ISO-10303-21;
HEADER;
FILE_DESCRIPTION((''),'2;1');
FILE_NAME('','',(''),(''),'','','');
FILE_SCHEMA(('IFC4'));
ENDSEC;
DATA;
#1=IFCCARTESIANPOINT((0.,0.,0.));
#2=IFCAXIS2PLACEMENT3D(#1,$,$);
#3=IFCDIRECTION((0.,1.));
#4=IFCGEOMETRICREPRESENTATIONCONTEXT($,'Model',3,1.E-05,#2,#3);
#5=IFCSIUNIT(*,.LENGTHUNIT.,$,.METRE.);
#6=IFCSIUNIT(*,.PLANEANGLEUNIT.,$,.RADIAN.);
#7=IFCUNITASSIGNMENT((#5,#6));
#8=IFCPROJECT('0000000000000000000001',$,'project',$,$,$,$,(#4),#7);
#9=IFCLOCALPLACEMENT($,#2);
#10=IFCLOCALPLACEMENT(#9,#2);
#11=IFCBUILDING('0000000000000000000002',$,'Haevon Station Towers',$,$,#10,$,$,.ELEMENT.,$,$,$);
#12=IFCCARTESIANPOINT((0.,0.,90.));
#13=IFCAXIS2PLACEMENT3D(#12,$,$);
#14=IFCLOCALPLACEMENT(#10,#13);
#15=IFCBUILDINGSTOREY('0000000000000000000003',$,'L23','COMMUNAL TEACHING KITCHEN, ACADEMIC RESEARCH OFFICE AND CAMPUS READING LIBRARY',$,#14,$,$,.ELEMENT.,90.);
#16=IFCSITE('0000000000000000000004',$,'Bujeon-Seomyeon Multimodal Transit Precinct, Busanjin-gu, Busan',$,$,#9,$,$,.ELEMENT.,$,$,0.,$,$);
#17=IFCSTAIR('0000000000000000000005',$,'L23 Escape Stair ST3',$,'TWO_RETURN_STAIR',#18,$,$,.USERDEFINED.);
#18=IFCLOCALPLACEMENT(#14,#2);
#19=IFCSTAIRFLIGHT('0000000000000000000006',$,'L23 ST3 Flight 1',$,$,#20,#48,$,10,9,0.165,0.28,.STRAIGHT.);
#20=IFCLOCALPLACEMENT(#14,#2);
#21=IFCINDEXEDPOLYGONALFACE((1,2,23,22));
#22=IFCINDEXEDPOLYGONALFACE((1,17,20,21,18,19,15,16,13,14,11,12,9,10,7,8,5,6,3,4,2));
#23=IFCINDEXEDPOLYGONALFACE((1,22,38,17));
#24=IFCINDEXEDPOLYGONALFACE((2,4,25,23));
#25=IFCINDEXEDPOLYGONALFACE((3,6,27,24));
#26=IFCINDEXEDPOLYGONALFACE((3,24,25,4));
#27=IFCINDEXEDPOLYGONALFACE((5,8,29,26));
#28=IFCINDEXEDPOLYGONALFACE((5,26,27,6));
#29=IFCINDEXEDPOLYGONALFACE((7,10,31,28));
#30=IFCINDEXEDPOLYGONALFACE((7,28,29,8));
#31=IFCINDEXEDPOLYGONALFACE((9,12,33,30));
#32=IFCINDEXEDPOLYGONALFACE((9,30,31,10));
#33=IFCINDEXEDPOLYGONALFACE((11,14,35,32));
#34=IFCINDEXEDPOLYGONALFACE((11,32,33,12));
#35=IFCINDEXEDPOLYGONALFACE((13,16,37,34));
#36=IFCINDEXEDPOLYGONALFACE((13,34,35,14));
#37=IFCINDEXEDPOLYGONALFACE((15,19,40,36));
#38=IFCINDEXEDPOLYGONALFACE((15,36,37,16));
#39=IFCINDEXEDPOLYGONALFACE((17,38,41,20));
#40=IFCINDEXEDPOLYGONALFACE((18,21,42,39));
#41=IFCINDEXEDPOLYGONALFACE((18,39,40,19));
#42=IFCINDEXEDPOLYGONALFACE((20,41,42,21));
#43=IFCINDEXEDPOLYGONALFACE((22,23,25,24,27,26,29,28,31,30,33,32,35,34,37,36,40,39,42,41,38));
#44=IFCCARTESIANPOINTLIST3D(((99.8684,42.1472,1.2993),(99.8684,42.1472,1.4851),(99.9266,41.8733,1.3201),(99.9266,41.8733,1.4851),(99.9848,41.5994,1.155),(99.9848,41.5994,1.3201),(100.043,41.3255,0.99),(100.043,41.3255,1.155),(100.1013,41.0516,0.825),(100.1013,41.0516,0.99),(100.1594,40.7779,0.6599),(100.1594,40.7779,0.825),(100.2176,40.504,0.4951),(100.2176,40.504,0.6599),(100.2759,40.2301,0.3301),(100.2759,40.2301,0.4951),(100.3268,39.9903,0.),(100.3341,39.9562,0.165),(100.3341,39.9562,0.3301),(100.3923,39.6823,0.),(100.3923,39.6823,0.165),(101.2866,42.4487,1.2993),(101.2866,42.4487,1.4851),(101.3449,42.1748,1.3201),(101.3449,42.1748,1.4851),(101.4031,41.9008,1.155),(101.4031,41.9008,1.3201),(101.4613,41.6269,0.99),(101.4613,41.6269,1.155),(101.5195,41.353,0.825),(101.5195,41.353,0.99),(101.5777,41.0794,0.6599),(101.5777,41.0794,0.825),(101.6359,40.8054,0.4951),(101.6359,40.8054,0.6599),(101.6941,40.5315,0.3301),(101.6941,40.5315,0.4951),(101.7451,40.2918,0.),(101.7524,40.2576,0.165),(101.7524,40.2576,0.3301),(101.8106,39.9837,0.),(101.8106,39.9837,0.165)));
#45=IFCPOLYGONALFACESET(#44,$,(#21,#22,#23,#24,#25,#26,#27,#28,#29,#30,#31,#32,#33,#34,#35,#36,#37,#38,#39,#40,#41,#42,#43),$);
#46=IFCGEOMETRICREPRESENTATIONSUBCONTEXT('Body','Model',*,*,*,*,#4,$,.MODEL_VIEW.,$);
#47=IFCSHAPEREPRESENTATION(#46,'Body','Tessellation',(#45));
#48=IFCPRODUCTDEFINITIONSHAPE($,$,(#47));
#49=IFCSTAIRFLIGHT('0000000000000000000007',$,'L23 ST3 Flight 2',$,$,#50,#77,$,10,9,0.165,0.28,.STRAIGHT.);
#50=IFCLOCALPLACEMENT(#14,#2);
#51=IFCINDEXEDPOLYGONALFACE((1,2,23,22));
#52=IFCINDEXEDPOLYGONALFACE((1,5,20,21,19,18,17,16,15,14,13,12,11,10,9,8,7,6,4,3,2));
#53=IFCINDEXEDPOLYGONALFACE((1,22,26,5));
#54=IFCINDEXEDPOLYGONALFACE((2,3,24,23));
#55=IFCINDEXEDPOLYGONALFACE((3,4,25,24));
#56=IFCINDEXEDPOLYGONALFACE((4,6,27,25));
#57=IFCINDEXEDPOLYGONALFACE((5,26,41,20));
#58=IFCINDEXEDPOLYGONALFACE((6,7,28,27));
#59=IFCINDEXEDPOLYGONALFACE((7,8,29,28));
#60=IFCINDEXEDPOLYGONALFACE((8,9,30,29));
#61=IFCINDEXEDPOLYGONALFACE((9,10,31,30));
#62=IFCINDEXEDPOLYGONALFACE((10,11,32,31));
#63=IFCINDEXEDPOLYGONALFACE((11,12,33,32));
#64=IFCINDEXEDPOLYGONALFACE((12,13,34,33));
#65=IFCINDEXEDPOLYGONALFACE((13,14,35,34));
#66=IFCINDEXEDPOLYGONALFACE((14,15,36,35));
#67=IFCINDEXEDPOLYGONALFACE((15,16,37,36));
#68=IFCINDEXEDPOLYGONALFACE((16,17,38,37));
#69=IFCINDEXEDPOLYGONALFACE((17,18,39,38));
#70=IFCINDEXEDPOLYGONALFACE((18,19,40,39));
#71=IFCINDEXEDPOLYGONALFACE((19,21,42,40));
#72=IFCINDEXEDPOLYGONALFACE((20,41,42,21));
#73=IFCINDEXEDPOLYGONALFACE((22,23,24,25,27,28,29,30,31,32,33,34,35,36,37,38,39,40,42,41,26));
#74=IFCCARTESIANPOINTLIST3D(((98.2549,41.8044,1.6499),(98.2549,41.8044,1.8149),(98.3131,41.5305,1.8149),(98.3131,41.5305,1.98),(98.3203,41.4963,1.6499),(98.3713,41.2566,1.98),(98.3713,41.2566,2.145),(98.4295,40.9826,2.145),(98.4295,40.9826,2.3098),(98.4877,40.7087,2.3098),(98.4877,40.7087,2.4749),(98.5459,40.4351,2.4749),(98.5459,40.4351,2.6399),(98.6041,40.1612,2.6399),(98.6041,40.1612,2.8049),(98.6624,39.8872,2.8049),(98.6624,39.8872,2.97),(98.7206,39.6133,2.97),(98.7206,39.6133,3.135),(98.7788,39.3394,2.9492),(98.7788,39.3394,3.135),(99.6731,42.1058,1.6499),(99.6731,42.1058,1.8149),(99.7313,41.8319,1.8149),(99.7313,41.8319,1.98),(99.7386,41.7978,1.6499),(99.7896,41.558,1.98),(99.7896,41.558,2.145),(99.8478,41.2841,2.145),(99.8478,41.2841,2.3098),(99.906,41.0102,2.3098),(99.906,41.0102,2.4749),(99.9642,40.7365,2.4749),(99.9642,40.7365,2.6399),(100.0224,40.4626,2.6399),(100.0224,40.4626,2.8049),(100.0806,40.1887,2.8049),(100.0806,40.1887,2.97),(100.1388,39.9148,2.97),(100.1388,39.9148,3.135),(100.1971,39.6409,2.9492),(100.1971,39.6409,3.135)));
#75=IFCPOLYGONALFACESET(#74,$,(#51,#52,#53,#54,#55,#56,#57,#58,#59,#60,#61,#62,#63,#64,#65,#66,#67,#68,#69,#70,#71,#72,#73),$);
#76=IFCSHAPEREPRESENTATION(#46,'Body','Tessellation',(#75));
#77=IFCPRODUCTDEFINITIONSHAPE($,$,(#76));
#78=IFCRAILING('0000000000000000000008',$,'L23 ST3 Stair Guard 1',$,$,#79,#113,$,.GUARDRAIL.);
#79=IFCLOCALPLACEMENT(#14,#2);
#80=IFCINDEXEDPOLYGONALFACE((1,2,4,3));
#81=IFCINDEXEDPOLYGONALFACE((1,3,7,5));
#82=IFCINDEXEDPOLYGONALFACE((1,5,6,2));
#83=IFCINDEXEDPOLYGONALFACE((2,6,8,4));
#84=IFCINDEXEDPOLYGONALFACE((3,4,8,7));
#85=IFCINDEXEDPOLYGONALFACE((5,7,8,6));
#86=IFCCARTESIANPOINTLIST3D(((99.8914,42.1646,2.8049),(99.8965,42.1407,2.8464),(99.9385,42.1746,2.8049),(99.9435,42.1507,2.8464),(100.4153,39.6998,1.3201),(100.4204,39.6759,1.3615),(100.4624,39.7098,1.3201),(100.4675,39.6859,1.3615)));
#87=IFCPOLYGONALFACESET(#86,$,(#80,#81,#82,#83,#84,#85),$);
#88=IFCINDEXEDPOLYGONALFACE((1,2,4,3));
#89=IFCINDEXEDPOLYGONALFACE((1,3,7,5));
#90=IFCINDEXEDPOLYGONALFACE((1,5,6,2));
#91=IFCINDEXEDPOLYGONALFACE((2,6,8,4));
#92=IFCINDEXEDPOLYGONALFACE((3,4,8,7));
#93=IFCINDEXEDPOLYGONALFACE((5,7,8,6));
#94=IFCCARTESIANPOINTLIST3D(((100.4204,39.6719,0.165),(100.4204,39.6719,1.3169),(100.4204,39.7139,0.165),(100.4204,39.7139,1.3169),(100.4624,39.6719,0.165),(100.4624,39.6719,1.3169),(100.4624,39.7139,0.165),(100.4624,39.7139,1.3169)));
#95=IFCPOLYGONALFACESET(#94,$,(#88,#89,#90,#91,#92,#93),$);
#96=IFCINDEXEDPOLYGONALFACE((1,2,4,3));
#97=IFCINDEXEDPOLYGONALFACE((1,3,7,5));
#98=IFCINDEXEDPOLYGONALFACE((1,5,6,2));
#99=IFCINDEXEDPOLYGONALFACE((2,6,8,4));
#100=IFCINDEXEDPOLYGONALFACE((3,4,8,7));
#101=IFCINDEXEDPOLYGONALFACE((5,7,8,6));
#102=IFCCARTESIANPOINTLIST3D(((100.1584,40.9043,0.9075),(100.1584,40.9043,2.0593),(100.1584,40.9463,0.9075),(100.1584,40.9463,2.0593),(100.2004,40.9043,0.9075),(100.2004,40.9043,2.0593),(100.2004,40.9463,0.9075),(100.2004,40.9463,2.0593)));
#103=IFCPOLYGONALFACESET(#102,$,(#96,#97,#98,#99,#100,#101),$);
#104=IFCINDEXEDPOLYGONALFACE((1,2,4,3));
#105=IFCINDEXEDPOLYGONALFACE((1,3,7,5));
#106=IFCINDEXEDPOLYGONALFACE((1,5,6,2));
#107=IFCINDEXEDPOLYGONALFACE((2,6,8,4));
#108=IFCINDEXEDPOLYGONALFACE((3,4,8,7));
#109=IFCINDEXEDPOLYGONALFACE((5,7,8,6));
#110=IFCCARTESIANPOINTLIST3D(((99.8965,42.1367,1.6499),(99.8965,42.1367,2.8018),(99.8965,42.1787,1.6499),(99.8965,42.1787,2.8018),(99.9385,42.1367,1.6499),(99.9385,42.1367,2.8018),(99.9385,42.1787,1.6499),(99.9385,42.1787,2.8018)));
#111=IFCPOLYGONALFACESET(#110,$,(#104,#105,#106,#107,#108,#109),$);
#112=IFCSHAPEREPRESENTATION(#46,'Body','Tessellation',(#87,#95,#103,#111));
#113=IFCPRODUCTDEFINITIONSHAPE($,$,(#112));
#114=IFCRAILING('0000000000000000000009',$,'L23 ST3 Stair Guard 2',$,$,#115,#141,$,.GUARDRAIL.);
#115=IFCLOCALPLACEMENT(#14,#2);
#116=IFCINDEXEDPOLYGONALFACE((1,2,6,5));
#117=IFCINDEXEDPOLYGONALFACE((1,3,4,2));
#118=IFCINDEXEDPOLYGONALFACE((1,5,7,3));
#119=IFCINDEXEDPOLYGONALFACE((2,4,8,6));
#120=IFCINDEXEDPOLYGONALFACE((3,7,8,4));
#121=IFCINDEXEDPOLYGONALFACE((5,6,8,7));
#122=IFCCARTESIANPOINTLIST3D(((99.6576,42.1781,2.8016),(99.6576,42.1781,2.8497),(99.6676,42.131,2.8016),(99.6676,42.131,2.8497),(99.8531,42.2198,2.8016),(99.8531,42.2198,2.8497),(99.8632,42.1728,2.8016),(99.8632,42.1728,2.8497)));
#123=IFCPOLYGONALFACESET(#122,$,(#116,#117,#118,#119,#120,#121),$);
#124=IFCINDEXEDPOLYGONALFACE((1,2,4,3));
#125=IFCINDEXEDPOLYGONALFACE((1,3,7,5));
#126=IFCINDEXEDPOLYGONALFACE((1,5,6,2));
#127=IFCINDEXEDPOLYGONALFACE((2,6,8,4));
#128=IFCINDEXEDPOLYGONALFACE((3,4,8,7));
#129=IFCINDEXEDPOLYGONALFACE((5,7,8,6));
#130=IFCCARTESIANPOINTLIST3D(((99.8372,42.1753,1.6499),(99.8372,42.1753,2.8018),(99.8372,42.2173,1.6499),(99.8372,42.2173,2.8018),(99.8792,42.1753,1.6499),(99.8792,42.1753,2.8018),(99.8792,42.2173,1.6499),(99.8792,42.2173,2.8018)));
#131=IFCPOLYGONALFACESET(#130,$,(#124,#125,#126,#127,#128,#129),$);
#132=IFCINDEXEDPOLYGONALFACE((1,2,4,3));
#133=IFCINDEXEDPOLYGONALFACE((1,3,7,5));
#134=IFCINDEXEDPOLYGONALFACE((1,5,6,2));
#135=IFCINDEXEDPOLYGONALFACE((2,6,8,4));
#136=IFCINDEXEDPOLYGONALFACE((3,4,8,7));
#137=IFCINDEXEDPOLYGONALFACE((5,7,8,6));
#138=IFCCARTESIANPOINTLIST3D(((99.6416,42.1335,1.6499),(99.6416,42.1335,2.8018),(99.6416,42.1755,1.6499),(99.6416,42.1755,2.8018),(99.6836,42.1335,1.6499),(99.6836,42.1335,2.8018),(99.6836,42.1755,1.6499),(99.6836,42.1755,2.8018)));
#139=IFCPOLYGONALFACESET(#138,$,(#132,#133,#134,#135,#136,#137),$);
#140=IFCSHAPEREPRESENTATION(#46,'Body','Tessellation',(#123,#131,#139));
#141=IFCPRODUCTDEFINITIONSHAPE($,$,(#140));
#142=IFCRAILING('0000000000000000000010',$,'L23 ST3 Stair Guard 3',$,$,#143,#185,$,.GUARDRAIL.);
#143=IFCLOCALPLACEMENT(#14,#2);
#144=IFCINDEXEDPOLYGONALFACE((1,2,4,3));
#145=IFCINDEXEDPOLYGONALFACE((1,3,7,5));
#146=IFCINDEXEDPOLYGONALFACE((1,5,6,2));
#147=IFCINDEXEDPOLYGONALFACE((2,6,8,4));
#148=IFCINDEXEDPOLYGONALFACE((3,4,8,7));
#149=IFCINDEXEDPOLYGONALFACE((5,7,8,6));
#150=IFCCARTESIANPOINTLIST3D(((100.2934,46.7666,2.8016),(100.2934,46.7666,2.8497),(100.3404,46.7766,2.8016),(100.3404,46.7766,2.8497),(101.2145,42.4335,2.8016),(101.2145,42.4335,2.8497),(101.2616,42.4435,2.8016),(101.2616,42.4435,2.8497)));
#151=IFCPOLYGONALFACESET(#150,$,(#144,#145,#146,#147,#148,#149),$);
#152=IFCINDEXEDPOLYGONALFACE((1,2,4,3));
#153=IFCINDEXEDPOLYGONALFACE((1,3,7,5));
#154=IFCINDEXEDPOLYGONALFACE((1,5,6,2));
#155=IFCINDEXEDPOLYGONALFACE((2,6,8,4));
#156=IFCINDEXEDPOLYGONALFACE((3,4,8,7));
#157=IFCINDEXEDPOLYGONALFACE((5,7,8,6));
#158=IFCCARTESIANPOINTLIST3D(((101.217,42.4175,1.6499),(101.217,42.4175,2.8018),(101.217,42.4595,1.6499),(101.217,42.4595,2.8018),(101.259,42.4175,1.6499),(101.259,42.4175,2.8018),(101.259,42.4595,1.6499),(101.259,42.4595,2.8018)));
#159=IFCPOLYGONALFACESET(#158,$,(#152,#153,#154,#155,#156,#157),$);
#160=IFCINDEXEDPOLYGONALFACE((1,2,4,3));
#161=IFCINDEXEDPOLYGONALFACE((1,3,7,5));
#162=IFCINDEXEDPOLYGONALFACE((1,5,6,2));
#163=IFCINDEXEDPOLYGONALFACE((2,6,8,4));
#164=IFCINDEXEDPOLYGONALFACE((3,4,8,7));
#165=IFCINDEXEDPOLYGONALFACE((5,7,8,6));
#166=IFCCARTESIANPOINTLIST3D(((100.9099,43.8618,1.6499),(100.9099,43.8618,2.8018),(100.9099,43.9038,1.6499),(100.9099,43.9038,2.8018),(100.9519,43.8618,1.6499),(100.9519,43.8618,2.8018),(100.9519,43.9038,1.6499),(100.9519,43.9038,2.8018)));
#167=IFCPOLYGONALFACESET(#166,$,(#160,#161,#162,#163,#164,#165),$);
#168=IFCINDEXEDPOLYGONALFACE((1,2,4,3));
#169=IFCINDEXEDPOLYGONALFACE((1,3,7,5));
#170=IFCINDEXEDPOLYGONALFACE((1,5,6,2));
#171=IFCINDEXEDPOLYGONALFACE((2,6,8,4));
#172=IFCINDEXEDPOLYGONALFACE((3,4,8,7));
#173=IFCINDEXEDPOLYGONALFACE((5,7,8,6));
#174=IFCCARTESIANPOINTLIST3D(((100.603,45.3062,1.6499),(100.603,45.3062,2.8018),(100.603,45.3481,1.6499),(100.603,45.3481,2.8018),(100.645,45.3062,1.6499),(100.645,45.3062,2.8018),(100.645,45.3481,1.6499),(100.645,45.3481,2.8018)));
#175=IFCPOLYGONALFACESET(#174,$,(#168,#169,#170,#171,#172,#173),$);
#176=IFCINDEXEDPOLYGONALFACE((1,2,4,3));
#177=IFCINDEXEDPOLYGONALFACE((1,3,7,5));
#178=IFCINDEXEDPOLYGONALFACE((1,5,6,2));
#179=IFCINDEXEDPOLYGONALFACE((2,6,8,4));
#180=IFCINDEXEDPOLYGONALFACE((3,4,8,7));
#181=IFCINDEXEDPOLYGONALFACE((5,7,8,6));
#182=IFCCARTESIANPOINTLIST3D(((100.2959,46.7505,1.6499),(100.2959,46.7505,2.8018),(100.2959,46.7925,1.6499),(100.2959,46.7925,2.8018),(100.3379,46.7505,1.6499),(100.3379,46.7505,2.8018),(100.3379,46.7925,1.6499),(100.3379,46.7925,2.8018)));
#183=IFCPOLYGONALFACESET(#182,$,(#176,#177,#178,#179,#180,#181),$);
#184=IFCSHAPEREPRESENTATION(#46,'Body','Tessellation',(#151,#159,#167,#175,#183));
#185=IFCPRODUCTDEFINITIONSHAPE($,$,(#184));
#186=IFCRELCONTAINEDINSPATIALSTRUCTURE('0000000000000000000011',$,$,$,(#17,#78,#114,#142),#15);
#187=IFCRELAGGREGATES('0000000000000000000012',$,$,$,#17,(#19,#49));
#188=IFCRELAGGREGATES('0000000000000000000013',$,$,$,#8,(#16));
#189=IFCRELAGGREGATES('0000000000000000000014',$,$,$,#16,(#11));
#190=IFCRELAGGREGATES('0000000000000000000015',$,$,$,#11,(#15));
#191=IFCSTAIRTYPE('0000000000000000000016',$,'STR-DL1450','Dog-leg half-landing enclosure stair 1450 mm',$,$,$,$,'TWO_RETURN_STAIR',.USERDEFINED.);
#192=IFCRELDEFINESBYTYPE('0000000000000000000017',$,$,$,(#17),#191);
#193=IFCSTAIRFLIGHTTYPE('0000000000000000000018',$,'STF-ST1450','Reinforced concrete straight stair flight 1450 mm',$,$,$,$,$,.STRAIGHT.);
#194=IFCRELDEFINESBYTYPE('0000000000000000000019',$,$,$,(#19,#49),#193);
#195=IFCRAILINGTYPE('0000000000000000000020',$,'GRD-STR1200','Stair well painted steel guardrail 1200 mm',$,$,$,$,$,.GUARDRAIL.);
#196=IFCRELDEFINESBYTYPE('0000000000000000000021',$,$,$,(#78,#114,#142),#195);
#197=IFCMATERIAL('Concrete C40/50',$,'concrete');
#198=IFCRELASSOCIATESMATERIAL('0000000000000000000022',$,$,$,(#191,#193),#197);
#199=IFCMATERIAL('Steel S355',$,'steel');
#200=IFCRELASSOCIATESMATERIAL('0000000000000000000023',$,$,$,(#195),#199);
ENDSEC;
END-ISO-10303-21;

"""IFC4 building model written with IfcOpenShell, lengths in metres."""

from ifc_helpers import new_model, si_unit, direction, frame, origin, origin_2d, place, context, subcontext, project, spatial, polyline, rectangle, outline, extrude, material, type_object, element, aggregate, save


model = new_model("IFC4")

# Units and contexts
model_context = context("Model", 3, precision=1e-05, world=origin(), true_north=direction((0.0, 1.0)))
body_context = subcontext(model_context, "Body", "Model", "MODEL_VIEW")
ifc_project = project(units=[si_unit("LENGTHUNIT", "METRE"), si_unit("PLANEANGLEUNIT", "RADIAN")], contexts=[model_context])

# Site, building, storey
site_placement = place(None, origin())
site = spatial("IfcSite", under=ifc_project, at=site_placement, Name="Bujeon-Seomyeon Multimodal Transit Precinct, Busanjin-gu, Busan", CompositionType="ELEMENT", RefElevation=0.0)
building_placement = place(site_placement, origin())
building = spatial("IfcBuilding", under=site, at=building_placement, Name="Haevon Station Towers", CompositionType="ELEMENT")
storey_placement = place(building_placement, frame((0.0, 0.0, 90.0)))
storey = spatial("IfcBuildingStorey", under=building, at=storey_placement, Name="L23", Description="COMMUNAL TEACHING KITCHEN, ACADEMIC RESEARCH OFFICE AND CAMPUS READING LIBRARY", CompositionType="ELEMENT", Elevation=90.0)

# Shared definitions
ifc_material_1 = material(Name="Concrete C40/50", Category="concrete")

# Stair, stair flights
stair_type = type_object("IfcStairType", Name="STR-DL1450", Description="Dog-leg half-landing enclosure stair 1450 mm", ElementType="TWO_RETURN_STAIR", PredefinedType="USERDEFINED", material=ifc_material_1)
stair_placement = place(storey_placement, origin())
stair = element("IfcStair", 1, at=stair_placement, inside=storey, type_object=stair_type, Name="L23 Escape Stair ST3", ObjectType="TWO_RETURN_STAIR", PredefinedType="USERDEFINED")
stair_flight_type = type_object("IfcStairFlightType", Name="STF-ST1450", Description="Reinforced concrete straight stair flight 1450 mm", PredefinedType="STRAIGHT", material=ifc_material_1)
stair_flight_1_placement = place(storey_placement, frame((101.1016, 39.833, 0.0), z_axis=(0.0, 0.0, 1.0), x_axis=(-0.207912, 0.978148, 0.0)))
stair_flight_1 = element("IfcStairFlight", 2, at=stair_flight_1_placement, type_object=stair_flight_type, Name="L23 ST3 Flight 1", NumberOfRisers=10, NumberOfTreads=9, PredefinedType="STRAIGHT", RiserHeight=0.165, TreadLength=0.28, context=body_context, shape_type="SweptSolid", body=[
    extrude(outline(polyline([(0.0, 0.0), (0.0, 0.165), (0.28, 0.165), (0.28, 0.3301), (0.5601, 0.3301), (0.5601, 0.4951), (0.8401, 0.4951), (0.8401, 0.6599), (1.1201, 0.6599), (1.1201, 0.825), (1.3999, 0.825), (1.3999, 0.99), (1.6799, 0.99), (1.6799, 1.155), (1.96, 1.155), (1.96, 1.3201), (2.24, 1.3201), (2.24, 1.4851), (2.52, 1.4851), (2.52, 1.6499), (2.52, 1.2993), (0.3149, 0.0), (0.0, 0.0)])), frame((0.0, 0.7251, 0.0), z_axis=(0.0, -1.0, 0.0), x_axis=(1.0, 0.0, 0.0)), (0.0, 0.0, 1.0), 1.45),
])
stair_flight_2_placement = place(storey_placement, frame((98.9639, 41.9551, 1.6499), z_axis=(0.0, 0.0, 1.0), x_axis=(0.207912, -0.978148, 0.0)))
stair_flight_2 = element("IfcStairFlight", 3, at=stair_flight_2_placement, type_object=stair_flight_type, Name="L23 ST3 Flight 2", NumberOfRisers=10, NumberOfTreads=9, PredefinedType="STRAIGHT", RiserHeight=0.165, TreadLength=0.28, context=body_context, shape_type="SweptSolid", body=[
    extrude(outline(polyline([(0.0, 0.0), (0.0, 0.165), (0.28, 0.165), (0.28, 0.3301), (0.5601, 0.3301), (0.5601, 0.4951), (0.8401, 0.4951), (0.8401, 0.6599), (1.1201, 0.6599), (1.1201, 0.825), (1.3999, 0.825), (1.3999, 0.99), (1.6799, 0.99), (1.6799, 1.155), (1.96, 1.155), (1.96, 1.3201), (2.24, 1.3201), (2.24, 1.4851), (2.52, 1.4851), (2.52, 1.6499), (2.52, 1.2993), (0.3149, 0.0), (0.0, 0.0)])), frame((0.0, 0.7251, 0.0), z_axis=(0.0, -1.0, 0.0), x_axis=(1.0, 0.0, 0.0)), (0.0, 0.0, 1.0), 1.45),
])
aggregate(stair, [stair_flight_1, stair_flight_2])

# Railings
ifc_material_2 = material(Name="Steel S355", Category="steel")
railing_type_1 = type_object("IfcRailingType", Name="GRD-STR1200", Description="Stair well painted steel guardrail 1200 mm", PredefinedType="GUARDRAIL", material=ifc_material_2)
railing_1_placement = place(storey_placement, frame((100.4414, 39.6929, 0.165)))
element("IfcRailing", 4, at=railing_1_placement, inside=storey, type_object=railing_type_1, Name="L23 ST3 Stair Guard 1", PredefinedType="GUARDRAIL", context=body_context, shape_type="SweptSolid", body=[
    extrude(rectangle(XDim=0.0481, YDim=0.0481, at=origin_2d()), frame((0.0, 0.0, 1.1758), z_axis=(-0.179129, 0.842724, 0.507671), x_axis=(-0.978147, -0.207914, 0.0)), (0.0, 0.0, 1.0), 2.9248),
    extrude(rectangle(XDim=0.042, YDim=0.042, at=origin_2d()), origin(), (0.0, 0.0, 1.0), 1.1519),
    extrude(rectangle(XDim=0.042, YDim=0.042, at=origin_2d()), frame((-0.262, 1.2324, 0.7424)), (0.0, 0.0, 1.0), 1.1519),
    extrude(rectangle(XDim=0.042, YDim=0.042, at=origin_2d()), frame((-0.5239, 2.4648, 1.4849)), (0.0, 0.0, 1.0), 1.1519),
])
railing_2_placement = place(storey_placement, frame((99.8582, 42.1963, 1.6499)))
element("IfcRailing", 5, at=railing_2_placement, inside=storey, type_object=railing_type_1, Name="L23 ST3 Stair Guard 2", PredefinedType="GUARDRAIL", context=body_context, shape_type="SweptSolid", body=[
    extrude(rectangle(XDim=0.0481, YDim=0.0481, at=origin_2d()), frame((0.0, 0.0, 1.1758), z_axis=(-0.977963, -0.208779, 0.0), x_axis=(0.208779, -0.977963, 0.0)), (0.0, 0.0, 1.0), 0.2),
    extrude(rectangle(XDim=0.042, YDim=0.042, at=origin_2d()), origin(), (0.0, 0.0, 1.0), 1.1519),
    extrude(rectangle(XDim=0.042, YDim=0.042, at=origin_2d()), frame((-0.1956, -0.0417, 0.0)), (0.0, 0.0, 1.0), 1.1519),
])
railing_3_placement = place(storey_placement, frame((101.238, 42.4385, 1.6499)))
element("IfcRailing", 6, at=railing_3_placement, inside=storey, type_object=railing_type_1, Name="L23 ST3 Stair Guard 3", PredefinedType="GUARDRAIL", context=body_context, shape_type="SweptSolid", body=[
    extrude(rectangle(XDim=0.0481, YDim=0.0481, at=origin_2d()), frame((0.0, 0.0, 1.1758), z_axis=(-0.20794, 0.978141, 0.0), x_axis=(-0.978141, -0.20794, 0.0)), (0.0, 0.0, 1.0), 4.4299),
    extrude(rectangle(XDim=0.042, YDim=0.042, at=origin_2d()), origin(), (0.0, 0.0, 1.0), 1.1519),
    extrude(rectangle(XDim=0.042, YDim=0.042, at=origin_2d()), frame((-0.3071, 1.4443, 0.0)), (0.0, 0.0, 1.0), 1.1519),
    extrude(rectangle(XDim=0.042, YDim=0.042, at=origin_2d()), frame((-0.614, 2.8887, 0.0)), (0.0, 0.0, 1.0), 1.1519),
    extrude(rectangle(XDim=0.042, YDim=0.042, at=origin_2d()), frame((-0.9211, 4.333, 0.0)), (0.0, 0.0, 1.0), 1.1519),
])

save(model, "model.ifc")
